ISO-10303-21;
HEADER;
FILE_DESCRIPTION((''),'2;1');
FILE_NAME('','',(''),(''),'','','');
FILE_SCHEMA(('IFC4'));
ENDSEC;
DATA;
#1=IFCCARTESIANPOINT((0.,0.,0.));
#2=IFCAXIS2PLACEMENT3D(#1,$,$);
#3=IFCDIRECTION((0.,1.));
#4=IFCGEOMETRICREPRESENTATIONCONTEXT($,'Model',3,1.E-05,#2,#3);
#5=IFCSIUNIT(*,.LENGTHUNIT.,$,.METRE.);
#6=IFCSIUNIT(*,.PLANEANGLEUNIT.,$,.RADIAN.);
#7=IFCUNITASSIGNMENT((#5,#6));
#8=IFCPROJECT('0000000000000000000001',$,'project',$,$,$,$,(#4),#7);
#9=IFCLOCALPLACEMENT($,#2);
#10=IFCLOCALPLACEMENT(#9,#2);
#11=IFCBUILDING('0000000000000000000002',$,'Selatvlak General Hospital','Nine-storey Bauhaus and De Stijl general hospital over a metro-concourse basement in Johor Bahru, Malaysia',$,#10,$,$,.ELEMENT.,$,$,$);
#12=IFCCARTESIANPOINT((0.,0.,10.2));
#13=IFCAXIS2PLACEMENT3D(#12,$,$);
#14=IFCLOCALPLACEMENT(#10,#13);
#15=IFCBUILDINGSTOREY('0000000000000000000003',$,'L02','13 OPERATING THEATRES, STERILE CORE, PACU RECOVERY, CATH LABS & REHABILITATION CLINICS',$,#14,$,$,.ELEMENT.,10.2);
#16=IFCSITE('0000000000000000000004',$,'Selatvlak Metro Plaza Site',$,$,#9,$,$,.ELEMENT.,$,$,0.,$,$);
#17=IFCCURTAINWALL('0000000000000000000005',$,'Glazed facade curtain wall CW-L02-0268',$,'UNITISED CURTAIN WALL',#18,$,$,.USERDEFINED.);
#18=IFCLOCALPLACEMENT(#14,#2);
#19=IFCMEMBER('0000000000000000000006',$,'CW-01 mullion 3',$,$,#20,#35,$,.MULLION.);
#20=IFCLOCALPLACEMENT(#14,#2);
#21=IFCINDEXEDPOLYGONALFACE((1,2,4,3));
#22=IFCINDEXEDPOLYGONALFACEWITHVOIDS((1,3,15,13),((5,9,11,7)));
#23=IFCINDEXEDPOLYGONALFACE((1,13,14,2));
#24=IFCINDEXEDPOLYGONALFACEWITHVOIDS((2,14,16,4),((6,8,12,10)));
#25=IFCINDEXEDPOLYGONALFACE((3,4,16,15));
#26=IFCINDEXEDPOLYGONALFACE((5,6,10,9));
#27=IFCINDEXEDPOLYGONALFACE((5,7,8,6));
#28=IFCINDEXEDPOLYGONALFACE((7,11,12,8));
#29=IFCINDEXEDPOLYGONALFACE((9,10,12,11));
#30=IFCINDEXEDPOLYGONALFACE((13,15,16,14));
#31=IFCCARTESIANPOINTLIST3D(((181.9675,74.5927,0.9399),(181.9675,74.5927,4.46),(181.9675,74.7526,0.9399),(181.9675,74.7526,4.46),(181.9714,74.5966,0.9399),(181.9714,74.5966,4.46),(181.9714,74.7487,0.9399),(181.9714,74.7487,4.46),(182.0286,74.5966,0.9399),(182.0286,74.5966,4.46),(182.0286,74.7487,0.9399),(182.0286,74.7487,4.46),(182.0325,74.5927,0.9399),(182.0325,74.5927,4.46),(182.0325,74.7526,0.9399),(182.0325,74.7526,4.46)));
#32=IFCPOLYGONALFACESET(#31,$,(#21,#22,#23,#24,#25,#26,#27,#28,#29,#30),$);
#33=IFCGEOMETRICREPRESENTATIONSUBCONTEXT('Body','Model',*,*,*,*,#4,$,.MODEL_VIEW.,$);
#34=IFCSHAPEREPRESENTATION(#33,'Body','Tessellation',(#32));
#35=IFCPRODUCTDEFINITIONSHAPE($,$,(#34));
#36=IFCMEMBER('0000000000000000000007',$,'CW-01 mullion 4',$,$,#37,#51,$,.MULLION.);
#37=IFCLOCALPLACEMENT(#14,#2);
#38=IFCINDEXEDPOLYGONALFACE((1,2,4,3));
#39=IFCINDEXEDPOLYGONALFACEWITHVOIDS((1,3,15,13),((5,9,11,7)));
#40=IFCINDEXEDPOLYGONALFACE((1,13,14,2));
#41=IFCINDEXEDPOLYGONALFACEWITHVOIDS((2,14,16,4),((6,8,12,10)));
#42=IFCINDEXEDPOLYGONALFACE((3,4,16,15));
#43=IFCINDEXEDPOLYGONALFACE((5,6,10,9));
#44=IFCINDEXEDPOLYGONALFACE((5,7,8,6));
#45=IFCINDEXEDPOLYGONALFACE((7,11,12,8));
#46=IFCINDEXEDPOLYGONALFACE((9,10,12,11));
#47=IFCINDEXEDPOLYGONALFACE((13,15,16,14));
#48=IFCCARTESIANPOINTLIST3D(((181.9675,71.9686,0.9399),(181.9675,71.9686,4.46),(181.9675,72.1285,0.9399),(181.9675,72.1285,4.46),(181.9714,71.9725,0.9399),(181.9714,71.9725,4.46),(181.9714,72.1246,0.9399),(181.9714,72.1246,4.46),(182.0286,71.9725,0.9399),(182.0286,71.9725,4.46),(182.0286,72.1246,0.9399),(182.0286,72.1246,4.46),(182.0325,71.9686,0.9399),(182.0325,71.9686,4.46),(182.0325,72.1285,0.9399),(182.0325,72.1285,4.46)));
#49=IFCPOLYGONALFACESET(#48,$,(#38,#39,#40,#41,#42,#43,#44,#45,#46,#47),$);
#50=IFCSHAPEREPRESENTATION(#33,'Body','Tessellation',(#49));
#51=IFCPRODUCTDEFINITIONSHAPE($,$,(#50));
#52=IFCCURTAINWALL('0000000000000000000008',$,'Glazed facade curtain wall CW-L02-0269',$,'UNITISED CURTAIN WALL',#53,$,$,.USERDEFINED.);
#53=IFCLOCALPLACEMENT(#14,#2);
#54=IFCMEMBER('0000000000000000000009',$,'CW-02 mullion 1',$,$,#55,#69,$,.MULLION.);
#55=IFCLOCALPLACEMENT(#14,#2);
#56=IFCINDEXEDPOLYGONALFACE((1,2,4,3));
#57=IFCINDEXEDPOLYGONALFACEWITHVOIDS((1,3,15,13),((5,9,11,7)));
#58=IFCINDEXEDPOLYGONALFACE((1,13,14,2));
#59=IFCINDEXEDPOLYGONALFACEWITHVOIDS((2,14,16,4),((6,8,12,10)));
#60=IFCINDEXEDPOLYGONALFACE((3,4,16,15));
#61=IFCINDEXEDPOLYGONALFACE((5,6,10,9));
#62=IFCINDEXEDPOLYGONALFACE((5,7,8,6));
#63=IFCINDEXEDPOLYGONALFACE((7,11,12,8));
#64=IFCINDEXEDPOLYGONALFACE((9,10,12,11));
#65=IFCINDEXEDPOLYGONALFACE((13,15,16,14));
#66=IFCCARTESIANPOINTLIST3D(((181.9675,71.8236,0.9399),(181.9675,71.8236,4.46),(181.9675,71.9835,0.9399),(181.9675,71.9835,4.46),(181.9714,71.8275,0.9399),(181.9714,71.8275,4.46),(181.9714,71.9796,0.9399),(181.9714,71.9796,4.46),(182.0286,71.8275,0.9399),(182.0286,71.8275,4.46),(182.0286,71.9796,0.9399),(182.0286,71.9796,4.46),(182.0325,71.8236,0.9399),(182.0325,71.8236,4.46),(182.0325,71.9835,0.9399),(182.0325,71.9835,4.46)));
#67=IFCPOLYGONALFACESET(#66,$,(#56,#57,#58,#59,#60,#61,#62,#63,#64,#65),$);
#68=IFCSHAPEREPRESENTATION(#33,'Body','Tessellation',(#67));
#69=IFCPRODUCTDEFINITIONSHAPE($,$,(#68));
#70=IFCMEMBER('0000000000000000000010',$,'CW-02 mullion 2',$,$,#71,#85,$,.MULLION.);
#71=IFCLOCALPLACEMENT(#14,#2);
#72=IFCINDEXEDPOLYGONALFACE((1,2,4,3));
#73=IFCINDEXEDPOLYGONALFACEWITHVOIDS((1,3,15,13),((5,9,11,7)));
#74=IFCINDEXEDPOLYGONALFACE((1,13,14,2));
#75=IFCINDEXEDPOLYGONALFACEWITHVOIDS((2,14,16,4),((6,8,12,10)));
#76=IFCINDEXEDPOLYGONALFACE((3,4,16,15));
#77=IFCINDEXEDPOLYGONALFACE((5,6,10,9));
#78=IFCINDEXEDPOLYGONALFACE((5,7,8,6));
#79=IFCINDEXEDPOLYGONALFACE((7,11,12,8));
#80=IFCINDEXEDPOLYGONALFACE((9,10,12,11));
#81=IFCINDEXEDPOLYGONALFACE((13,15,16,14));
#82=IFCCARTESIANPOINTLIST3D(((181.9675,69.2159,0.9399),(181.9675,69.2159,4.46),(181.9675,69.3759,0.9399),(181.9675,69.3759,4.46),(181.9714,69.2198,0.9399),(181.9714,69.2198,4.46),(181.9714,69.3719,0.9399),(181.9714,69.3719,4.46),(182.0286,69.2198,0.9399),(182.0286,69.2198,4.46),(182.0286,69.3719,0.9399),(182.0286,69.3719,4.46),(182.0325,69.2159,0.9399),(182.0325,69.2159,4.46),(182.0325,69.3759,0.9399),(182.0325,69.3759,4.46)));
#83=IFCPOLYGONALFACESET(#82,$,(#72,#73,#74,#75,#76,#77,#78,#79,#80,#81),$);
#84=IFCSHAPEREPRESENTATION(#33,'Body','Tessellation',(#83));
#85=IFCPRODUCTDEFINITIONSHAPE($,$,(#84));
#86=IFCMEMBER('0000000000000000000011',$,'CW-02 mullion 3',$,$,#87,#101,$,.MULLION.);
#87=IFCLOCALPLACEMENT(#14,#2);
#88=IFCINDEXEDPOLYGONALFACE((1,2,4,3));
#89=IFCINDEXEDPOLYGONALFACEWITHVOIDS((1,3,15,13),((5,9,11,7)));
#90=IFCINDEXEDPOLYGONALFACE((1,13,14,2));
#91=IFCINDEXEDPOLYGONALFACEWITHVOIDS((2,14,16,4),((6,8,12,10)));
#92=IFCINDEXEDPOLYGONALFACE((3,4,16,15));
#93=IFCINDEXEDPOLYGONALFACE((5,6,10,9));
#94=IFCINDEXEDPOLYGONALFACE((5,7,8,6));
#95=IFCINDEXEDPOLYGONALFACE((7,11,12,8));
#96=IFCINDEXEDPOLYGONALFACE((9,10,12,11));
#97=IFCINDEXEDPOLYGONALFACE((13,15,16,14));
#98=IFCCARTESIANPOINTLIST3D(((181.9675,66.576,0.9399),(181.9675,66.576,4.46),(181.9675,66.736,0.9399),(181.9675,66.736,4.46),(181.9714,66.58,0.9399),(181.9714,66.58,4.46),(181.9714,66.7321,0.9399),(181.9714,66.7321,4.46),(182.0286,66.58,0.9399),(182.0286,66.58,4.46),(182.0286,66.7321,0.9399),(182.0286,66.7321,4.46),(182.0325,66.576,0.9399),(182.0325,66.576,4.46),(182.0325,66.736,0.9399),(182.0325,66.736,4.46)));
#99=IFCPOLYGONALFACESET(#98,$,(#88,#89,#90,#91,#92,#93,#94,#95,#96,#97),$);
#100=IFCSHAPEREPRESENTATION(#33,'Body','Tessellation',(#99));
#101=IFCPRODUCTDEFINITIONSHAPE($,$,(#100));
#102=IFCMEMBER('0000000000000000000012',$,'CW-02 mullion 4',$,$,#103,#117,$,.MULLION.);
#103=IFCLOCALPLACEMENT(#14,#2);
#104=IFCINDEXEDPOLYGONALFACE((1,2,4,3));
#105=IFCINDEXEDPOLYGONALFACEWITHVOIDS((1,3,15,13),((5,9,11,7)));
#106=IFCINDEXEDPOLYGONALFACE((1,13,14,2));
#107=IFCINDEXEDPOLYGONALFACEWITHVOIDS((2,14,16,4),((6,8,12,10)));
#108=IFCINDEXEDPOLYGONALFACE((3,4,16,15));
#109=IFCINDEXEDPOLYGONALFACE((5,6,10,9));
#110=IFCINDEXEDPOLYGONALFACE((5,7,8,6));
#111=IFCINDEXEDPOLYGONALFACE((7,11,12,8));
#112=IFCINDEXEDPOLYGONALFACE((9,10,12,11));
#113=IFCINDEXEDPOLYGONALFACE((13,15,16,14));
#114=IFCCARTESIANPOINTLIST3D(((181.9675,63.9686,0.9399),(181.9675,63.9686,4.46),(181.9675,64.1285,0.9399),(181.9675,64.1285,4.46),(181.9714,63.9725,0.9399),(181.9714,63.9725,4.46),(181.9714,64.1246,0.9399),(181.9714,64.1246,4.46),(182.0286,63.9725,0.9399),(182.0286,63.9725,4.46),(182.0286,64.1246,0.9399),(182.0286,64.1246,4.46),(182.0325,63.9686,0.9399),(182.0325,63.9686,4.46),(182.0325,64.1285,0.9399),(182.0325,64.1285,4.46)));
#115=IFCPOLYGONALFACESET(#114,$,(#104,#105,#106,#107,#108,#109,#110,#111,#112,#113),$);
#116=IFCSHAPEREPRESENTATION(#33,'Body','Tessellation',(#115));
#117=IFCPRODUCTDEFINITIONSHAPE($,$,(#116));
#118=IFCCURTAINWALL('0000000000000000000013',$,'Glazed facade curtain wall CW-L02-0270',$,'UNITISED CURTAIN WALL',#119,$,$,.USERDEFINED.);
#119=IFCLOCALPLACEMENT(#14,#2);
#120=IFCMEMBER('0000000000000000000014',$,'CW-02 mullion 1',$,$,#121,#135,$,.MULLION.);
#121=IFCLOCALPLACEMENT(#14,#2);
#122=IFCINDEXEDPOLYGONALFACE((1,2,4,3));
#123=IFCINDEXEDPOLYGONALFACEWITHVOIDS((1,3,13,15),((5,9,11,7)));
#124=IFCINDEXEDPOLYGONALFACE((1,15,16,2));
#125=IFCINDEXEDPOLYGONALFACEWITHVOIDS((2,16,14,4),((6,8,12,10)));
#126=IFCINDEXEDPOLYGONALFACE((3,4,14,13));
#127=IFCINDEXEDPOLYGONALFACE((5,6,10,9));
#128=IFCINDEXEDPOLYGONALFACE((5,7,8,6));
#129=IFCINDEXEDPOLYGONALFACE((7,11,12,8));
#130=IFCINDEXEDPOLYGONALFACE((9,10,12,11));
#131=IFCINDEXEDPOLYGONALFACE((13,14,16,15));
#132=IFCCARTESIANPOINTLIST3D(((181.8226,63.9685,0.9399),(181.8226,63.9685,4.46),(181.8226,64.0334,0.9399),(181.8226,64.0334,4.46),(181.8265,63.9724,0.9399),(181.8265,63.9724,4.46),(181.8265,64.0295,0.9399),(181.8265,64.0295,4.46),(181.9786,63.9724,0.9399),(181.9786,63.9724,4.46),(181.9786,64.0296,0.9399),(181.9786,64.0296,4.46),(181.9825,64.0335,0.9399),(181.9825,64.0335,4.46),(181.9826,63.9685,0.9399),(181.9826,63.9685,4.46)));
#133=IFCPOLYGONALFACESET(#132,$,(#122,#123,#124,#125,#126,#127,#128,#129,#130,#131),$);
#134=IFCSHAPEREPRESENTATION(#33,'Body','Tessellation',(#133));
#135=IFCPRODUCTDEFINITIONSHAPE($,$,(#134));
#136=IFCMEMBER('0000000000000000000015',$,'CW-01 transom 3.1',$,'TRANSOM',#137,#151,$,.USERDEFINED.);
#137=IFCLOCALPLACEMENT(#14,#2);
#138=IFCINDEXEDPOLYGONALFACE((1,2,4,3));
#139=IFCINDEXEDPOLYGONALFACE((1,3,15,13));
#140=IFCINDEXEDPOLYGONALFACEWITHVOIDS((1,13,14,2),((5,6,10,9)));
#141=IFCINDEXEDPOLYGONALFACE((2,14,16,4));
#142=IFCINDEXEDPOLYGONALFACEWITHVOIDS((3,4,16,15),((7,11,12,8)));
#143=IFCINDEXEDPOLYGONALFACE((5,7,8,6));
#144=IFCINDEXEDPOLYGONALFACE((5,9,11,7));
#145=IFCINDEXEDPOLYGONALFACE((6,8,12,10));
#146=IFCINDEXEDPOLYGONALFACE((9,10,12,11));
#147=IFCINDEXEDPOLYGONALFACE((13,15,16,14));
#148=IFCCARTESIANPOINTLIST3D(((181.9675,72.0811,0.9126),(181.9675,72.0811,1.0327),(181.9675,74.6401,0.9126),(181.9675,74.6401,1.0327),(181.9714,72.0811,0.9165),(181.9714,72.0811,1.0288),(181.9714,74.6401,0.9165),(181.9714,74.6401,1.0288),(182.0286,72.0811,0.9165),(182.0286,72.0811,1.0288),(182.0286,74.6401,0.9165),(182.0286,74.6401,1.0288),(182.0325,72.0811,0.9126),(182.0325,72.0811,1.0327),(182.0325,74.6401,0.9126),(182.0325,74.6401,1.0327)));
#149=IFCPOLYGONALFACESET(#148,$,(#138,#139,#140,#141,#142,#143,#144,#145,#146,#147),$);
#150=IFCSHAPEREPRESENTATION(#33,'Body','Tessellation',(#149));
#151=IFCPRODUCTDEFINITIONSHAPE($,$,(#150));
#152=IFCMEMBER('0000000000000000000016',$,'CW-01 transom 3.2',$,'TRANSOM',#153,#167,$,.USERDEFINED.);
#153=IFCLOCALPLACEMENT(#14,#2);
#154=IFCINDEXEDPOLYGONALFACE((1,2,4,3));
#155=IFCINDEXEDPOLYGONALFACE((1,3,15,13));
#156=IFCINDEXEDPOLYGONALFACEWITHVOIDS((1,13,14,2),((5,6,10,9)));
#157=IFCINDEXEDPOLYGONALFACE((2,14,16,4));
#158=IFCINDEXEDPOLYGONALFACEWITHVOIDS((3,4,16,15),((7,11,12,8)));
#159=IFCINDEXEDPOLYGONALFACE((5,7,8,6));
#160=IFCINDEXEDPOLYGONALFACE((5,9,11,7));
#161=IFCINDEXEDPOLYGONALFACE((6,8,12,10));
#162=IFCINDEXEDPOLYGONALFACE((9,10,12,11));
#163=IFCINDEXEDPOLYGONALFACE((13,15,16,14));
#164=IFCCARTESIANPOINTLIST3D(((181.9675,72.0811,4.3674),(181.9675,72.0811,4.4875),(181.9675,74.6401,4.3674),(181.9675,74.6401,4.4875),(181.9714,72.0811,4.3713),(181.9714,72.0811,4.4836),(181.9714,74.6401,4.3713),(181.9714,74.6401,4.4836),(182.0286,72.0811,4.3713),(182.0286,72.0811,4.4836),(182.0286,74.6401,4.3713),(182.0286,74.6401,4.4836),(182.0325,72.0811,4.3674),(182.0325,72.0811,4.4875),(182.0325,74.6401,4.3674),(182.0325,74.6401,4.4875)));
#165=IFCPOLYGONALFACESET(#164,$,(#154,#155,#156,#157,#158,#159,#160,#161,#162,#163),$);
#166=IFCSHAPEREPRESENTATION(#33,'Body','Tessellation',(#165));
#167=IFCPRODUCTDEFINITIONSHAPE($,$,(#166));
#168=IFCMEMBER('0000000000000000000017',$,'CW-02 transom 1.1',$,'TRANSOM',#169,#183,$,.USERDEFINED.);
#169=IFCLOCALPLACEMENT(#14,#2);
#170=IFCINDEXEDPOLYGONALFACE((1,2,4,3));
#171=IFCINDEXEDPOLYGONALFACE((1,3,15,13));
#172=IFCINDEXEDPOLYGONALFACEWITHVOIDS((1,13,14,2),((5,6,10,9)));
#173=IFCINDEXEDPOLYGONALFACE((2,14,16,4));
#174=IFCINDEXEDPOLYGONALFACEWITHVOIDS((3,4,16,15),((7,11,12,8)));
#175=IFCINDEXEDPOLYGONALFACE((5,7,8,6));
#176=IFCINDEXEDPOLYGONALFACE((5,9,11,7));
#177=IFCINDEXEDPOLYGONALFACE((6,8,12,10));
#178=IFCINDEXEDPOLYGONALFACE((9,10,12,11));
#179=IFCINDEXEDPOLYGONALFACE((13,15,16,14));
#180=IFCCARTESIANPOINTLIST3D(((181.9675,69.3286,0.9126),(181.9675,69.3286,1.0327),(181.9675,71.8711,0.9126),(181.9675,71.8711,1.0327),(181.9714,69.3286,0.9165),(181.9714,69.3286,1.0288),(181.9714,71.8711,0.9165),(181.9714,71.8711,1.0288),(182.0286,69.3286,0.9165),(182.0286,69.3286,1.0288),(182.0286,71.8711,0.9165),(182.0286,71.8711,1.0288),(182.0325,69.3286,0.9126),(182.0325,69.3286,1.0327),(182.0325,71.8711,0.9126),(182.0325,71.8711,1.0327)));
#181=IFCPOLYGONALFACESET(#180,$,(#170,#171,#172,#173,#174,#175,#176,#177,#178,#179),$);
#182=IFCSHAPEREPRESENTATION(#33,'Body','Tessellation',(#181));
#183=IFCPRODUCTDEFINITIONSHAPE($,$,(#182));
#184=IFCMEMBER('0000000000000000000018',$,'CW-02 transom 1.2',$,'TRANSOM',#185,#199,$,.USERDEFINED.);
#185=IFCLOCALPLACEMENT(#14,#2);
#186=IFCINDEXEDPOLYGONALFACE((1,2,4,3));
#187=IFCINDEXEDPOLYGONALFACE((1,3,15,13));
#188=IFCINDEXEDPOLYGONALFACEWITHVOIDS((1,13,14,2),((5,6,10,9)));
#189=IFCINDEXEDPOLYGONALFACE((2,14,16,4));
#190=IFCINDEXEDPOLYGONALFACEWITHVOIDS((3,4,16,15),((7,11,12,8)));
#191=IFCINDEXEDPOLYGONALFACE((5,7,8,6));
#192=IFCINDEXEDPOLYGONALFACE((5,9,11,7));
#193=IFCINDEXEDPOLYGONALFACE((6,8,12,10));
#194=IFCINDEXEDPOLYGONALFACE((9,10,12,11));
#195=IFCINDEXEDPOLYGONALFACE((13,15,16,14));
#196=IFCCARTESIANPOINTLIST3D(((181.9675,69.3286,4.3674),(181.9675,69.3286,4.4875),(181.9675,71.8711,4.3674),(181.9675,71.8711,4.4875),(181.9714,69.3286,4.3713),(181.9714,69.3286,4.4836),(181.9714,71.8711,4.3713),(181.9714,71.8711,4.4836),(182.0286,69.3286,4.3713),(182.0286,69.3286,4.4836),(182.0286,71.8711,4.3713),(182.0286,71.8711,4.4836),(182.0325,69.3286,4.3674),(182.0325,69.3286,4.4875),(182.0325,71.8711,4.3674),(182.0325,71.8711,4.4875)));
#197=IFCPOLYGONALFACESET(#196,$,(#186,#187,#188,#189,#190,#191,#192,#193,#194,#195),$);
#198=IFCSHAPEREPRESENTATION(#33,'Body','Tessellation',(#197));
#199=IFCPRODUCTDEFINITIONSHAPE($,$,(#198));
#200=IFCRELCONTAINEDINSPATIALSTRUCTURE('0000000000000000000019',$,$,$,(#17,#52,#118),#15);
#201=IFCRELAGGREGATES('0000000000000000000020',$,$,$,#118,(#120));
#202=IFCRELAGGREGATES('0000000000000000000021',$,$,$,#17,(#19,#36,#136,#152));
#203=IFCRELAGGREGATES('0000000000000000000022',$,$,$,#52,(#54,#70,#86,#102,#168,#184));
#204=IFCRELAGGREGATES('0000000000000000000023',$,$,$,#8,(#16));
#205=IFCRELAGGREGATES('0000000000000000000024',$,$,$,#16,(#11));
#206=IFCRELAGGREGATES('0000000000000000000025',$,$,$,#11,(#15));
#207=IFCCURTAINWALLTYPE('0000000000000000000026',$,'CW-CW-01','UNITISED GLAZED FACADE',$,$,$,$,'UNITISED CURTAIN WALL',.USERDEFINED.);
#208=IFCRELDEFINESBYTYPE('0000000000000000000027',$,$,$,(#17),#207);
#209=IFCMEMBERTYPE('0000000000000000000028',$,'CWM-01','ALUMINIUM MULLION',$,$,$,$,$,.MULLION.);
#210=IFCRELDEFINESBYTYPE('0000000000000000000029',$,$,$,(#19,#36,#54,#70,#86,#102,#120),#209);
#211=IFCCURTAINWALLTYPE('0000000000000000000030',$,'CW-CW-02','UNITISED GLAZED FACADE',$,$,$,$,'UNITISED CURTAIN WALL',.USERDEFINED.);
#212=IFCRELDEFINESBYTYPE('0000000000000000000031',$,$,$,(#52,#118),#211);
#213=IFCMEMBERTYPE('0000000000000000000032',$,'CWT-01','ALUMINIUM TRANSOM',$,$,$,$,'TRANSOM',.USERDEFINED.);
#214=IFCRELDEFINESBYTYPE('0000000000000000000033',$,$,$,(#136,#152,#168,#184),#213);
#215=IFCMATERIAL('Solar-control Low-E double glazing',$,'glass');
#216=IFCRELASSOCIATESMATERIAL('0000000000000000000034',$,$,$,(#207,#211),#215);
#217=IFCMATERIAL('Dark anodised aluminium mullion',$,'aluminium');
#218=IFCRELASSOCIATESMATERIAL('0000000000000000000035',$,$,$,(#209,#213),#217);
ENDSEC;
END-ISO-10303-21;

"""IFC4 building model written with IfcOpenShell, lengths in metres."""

from ifc_helpers import new_model, si_unit, direction, frame, origin, origin_2d, place, context, subcontext, project, spatial, hollow_rectangle, extrude, material, material_profile, profile_set, type_object, element, aggregate, save


model = new_model("IFC4")

# Units and contexts
model_context = context("Model", 3, precision=1e-05, world=origin(), true_north=direction((0.0, 1.0)))
body_context = subcontext(model_context, "Body", "Model", "MODEL_VIEW")
ifc_project = project(units=[si_unit("LENGTHUNIT", "METRE"), si_unit("PLANEANGLEUNIT", "RADIAN")], contexts=[model_context])

# Site, building, storey
site_placement = place(None, origin())
site = spatial("IfcSite", under=ifc_project, at=site_placement, Name="Selatvlak Metro Plaza Site", CompositionType="ELEMENT", RefElevation=0.0)
building_placement = place(site_placement, origin())
building = spatial("IfcBuilding", under=site, at=building_placement, Name="Selatvlak General Hospital", Description="Nine-storey Bauhaus and De Stijl general hospital over a metro-concourse basement in Johor Bahru, Malaysia", CompositionType="ELEMENT")
storey_placement = place(building_placement, frame((0.0, 0.0, 10.2)))
storey = spatial("IfcBuildingStorey", under=building, at=storey_placement, Name="L02", Description="13 OPERATING THEATRES, STERILE CORE, PACU RECOVERY, CATH LABS & REHABILITATION CLINICS", CompositionType="ELEMENT", Elevation=10.2)

# Curtain walls, members
ifc_material_1 = material(Name="Solar-control Low-E double glazing", Category="glass")
curtain_wall_type_1 = type_object("IfcCurtainWallType", Name="CW-CW-01", Description="UNITISED GLAZED FACADE", ElementType="UNITISED CURTAIN WALL", PredefinedType="USERDEFINED", material=ifc_material_1)
curtain_wall_1_placement = place(storey_placement, origin())
curtain_wall_1 = element("IfcCurtainWall", 1, at=curtain_wall_1_placement, inside=storey, type_object=curtain_wall_type_1, Name="Glazed facade curtain wall CW-L02-0268", ObjectType="UNITISED CURTAIN WALL", PredefinedType="USERDEFINED")
ifc_material_2 = material(Name="Dark anodised aluminium mullion", Category="aluminium")
ifc_material_profile_1 = material_profile(ifc_material_2, hollow_rectangle(XDim=0.0649, YDim=0.1599, WallThickness=0.0039, at=origin_2d()), Name="AL-MUL 65x160x4")
ifc_profile_set_1 = profile_set([ifc_material_profile_1], Name="Dark anodised aluminium mullion")
member_type_1 = type_object("IfcMemberType", Name="CWM-01", Description="ALUMINIUM MULLION", PredefinedType="MULLION", material=ifc_profile_set_1)
member_1_placement = place(storey_placement, frame((182.0, 74.6726, 0.9399), z_axis=(0.0, 0.0, 1.0), x_axis=(1.0, 0.0, 0.0)))
member_1 = element("IfcMember", 2, at=member_1_placement, type_object=member_type_1, Name="CW-01 mullion 3", PredefinedType="MULLION", context=body_context, shape_type="SweptSolid", body=[
    extrude(hollow_rectangle(XDim=0.0649, YDim=0.1599, WallThickness=0.0039, at=origin_2d()), origin(), (0.0, 0.0, 1.0), 3.52),
])
member_2_placement = place(storey_placement, frame((182.0, 72.0486, 0.9399), z_axis=(0.0, 0.0, 1.0), x_axis=(1.0, 0.0, 0.0)))
member_2 = element("IfcMember", 3, at=member_2_placement, type_object=member_type_1, Name="CW-01 mullion 4", PredefinedType="MULLION", context=body_context, shape_type="SweptSolid", body=[
    extrude(hollow_rectangle(XDim=0.0649, YDim=0.1599, WallThickness=0.0039, at=origin_2d()), origin(), (0.0, 0.0, 1.0), 3.52),
])
curtain_wall_type_2 = type_object("IfcCurtainWallType", Name="CW-CW-02", Description="UNITISED GLAZED FACADE", ElementType="UNITISED CURTAIN WALL", PredefinedType="USERDEFINED", material=ifc_material_1)
curtain_wall_2_placement = place(storey_placement, origin())
curtain_wall_2 = element("IfcCurtainWall", 4, at=curtain_wall_2_placement, inside=storey, type_object=curtain_wall_type_2, Name="Glazed facade curtain wall CW-L02-0269", ObjectType="UNITISED CURTAIN WALL", PredefinedType="USERDEFINED")
member_3_placement = place(storey_placement, frame((182.0, 71.9036, 0.9399), z_axis=(0.0, 0.0, 1.0), x_axis=(1.0, 0.0, 0.0)))
member_3 = element("IfcMember", 5, at=member_3_placement, type_object=member_type_1, Name="CW-02 mullion 1", PredefinedType="MULLION", context=body_context, shape_type="SweptSolid", body=[
    extrude(hollow_rectangle(XDim=0.0649, YDim=0.1599, WallThickness=0.0039, at=origin_2d()), origin(), (0.0, 0.0, 1.0), 3.52),
])
member_4_placement = place(storey_placement, frame((182.0, 69.2959, 0.9399), z_axis=(0.0, 0.0, 1.0), x_axis=(1.0, 0.0, 0.0)))
member_4 = element("IfcMember", 6, at=member_4_placement, type_object=member_type_1, Name="CW-02 mullion 2", PredefinedType="MULLION", context=body_context, shape_type="SweptSolid", body=[
    extrude(hollow_rectangle(XDim=0.0649, YDim=0.1599, WallThickness=0.0039, at=origin_2d()), origin(), (0.0, 0.0, 1.0), 3.52),
])
member_5_placement = place(storey_placement, frame((182.0, 66.656, 0.9399), z_axis=(0.0, 0.0, 1.0), x_axis=(1.0, 0.0, 0.0)))
member_5 = element("IfcMember", 7, at=member_5_placement, type_object=member_type_1, Name="CW-02 mullion 3", PredefinedType="MULLION", context=body_context, shape_type="SweptSolid", body=[
    extrude(hollow_rectangle(XDim=0.0649, YDim=0.1599, WallThickness=0.0039, at=origin_2d()), origin(), (0.0, 0.0, 1.0), 3.52),
])
member_6_placement = place(storey_placement, frame((182.0, 64.0486, 0.9399), z_axis=(0.0, 0.0, 1.0), x_axis=(1.0, 0.0, 0.0)))
member_6 = element("IfcMember", 8, at=member_6_placement, type_object=member_type_1, Name="CW-02 mullion 4", PredefinedType="MULLION", context=body_context, shape_type="SweptSolid", body=[
    extrude(hollow_rectangle(XDim=0.0649, YDim=0.1599, WallThickness=0.0039, at=origin_2d()), origin(), (0.0, 0.0, 1.0), 3.52),
])

# Curtain wall, member
curtain_wall_3_placement = place(storey_placement, origin())
curtain_wall_3 = element("IfcCurtainWall", 9, at=curtain_wall_3_placement, inside=storey, type_object=curtain_wall_type_2, Name="Glazed facade curtain wall CW-L02-0270", ObjectType="UNITISED CURTAIN WALL", PredefinedType="USERDEFINED")
member_7_placement = place(storey_placement, frame((181.9026, 64.001, 0.9399), z_axis=(0.0, 0.0, 1.0), x_axis=(0.000327, -1.0, 0.0)))
member_7 = element("IfcMember", 10, at=member_7_placement, type_object=member_type_1, Name="CW-02 mullion 1", PredefinedType="MULLION", context=body_context, shape_type="SweptSolid", body=[
    extrude(hollow_rectangle(XDim=0.0649, YDim=0.1599, WallThickness=0.0039, at=origin_2d()), origin(), (0.0, 0.0, 1.0), 3.52),
])

# Members
ifc_material_profile_2 = material_profile(ifc_material_2, hollow_rectangle(XDim=0.0649, YDim=0.1201, WallThickness=0.0039, at=origin_2d()), Name="AL-TRN 65x120x4")
ifc_profile_set_2 = profile_set([ifc_material_profile_2], Name="Dark anodised aluminium mullion")
member_type_2 = type_object("IfcMemberType", Name="CWT-01", Description="ALUMINIUM TRANSOM", ElementType="TRANSOM", PredefinedType="USERDEFINED", material=ifc_profile_set_2)
member_8_placement = place(storey_placement, frame((182.0, 74.6401, 0.9727), z_axis=(0.0, -1.0, 0.0), x_axis=(1.0, 0.0, 0.0)))
member_8 = element("IfcMember", 11, at=member_8_placement, type_object=member_type_2, Name="CW-01 transom 3.1", ObjectType="TRANSOM", PredefinedType="USERDEFINED", context=body_context, shape_type="SweptSolid", body=[
    extrude(hollow_rectangle(XDim=0.0649, YDim=0.1201, WallThickness=0.0039, at=origin_2d()), origin(), (0.0, 0.0, 1.0), 2.5591),
])
member_9_placement = place(storey_placement, frame((182.0, 74.6401, 4.4275), z_axis=(0.0, -1.0, 0.0), x_axis=(1.0, 0.0, 0.0)))
member_9 = element("IfcMember", 12, at=member_9_placement, type_object=member_type_2, Name="CW-01 transom 3.2", ObjectType="TRANSOM", PredefinedType="USERDEFINED", context=body_context, shape_type="SweptSolid", body=[
    extrude(hollow_rectangle(XDim=0.0649, YDim=0.1201, WallThickness=0.0039, at=origin_2d()), origin(), (0.0, 0.0, 1.0), 2.5591),
])
member_10_placement = place(storey_placement, frame((182.0, 71.8711, 0.9727), z_axis=(0.0, -1.0, 0.0), x_axis=(1.0, 0.0, 0.0)))
member_10 = element("IfcMember", 13, at=member_10_placement, type_object=member_type_2, Name="CW-02 transom 1.1", ObjectType="TRANSOM", PredefinedType="USERDEFINED", context=body_context, shape_type="SweptSolid", body=[
    extrude(hollow_rectangle(XDim=0.0649, YDim=0.1201, WallThickness=0.0039, at=origin_2d()), origin(), (0.0, 0.0, 1.0), 2.5425),
])
member_11_placement = place(storey_placement, frame((182.0, 71.8711, 4.4275), z_axis=(0.0, -1.0, 0.0), x_axis=(1.0, 0.0, 0.0)))
member_11 = element("IfcMember", 14, at=member_11_placement, type_object=member_type_2, Name="CW-02 transom 1.2", ObjectType="TRANSOM", PredefinedType="USERDEFINED", context=body_context, shape_type="SweptSolid", body=[
    extrude(hollow_rectangle(XDim=0.0649, YDim=0.1201, WallThickness=0.0039, at=origin_2d()), origin(), (0.0, 0.0, 1.0), 2.5425),
])
aggregate(curtain_wall_3, [member_7])

aggregate(curtain_wall_1, [member_1, member_2, member_8, member_9])
aggregate(curtain_wall_2, [member_3, member_4, member_5, member_6, member_10, member_11])

save(model, "model.ifc")
